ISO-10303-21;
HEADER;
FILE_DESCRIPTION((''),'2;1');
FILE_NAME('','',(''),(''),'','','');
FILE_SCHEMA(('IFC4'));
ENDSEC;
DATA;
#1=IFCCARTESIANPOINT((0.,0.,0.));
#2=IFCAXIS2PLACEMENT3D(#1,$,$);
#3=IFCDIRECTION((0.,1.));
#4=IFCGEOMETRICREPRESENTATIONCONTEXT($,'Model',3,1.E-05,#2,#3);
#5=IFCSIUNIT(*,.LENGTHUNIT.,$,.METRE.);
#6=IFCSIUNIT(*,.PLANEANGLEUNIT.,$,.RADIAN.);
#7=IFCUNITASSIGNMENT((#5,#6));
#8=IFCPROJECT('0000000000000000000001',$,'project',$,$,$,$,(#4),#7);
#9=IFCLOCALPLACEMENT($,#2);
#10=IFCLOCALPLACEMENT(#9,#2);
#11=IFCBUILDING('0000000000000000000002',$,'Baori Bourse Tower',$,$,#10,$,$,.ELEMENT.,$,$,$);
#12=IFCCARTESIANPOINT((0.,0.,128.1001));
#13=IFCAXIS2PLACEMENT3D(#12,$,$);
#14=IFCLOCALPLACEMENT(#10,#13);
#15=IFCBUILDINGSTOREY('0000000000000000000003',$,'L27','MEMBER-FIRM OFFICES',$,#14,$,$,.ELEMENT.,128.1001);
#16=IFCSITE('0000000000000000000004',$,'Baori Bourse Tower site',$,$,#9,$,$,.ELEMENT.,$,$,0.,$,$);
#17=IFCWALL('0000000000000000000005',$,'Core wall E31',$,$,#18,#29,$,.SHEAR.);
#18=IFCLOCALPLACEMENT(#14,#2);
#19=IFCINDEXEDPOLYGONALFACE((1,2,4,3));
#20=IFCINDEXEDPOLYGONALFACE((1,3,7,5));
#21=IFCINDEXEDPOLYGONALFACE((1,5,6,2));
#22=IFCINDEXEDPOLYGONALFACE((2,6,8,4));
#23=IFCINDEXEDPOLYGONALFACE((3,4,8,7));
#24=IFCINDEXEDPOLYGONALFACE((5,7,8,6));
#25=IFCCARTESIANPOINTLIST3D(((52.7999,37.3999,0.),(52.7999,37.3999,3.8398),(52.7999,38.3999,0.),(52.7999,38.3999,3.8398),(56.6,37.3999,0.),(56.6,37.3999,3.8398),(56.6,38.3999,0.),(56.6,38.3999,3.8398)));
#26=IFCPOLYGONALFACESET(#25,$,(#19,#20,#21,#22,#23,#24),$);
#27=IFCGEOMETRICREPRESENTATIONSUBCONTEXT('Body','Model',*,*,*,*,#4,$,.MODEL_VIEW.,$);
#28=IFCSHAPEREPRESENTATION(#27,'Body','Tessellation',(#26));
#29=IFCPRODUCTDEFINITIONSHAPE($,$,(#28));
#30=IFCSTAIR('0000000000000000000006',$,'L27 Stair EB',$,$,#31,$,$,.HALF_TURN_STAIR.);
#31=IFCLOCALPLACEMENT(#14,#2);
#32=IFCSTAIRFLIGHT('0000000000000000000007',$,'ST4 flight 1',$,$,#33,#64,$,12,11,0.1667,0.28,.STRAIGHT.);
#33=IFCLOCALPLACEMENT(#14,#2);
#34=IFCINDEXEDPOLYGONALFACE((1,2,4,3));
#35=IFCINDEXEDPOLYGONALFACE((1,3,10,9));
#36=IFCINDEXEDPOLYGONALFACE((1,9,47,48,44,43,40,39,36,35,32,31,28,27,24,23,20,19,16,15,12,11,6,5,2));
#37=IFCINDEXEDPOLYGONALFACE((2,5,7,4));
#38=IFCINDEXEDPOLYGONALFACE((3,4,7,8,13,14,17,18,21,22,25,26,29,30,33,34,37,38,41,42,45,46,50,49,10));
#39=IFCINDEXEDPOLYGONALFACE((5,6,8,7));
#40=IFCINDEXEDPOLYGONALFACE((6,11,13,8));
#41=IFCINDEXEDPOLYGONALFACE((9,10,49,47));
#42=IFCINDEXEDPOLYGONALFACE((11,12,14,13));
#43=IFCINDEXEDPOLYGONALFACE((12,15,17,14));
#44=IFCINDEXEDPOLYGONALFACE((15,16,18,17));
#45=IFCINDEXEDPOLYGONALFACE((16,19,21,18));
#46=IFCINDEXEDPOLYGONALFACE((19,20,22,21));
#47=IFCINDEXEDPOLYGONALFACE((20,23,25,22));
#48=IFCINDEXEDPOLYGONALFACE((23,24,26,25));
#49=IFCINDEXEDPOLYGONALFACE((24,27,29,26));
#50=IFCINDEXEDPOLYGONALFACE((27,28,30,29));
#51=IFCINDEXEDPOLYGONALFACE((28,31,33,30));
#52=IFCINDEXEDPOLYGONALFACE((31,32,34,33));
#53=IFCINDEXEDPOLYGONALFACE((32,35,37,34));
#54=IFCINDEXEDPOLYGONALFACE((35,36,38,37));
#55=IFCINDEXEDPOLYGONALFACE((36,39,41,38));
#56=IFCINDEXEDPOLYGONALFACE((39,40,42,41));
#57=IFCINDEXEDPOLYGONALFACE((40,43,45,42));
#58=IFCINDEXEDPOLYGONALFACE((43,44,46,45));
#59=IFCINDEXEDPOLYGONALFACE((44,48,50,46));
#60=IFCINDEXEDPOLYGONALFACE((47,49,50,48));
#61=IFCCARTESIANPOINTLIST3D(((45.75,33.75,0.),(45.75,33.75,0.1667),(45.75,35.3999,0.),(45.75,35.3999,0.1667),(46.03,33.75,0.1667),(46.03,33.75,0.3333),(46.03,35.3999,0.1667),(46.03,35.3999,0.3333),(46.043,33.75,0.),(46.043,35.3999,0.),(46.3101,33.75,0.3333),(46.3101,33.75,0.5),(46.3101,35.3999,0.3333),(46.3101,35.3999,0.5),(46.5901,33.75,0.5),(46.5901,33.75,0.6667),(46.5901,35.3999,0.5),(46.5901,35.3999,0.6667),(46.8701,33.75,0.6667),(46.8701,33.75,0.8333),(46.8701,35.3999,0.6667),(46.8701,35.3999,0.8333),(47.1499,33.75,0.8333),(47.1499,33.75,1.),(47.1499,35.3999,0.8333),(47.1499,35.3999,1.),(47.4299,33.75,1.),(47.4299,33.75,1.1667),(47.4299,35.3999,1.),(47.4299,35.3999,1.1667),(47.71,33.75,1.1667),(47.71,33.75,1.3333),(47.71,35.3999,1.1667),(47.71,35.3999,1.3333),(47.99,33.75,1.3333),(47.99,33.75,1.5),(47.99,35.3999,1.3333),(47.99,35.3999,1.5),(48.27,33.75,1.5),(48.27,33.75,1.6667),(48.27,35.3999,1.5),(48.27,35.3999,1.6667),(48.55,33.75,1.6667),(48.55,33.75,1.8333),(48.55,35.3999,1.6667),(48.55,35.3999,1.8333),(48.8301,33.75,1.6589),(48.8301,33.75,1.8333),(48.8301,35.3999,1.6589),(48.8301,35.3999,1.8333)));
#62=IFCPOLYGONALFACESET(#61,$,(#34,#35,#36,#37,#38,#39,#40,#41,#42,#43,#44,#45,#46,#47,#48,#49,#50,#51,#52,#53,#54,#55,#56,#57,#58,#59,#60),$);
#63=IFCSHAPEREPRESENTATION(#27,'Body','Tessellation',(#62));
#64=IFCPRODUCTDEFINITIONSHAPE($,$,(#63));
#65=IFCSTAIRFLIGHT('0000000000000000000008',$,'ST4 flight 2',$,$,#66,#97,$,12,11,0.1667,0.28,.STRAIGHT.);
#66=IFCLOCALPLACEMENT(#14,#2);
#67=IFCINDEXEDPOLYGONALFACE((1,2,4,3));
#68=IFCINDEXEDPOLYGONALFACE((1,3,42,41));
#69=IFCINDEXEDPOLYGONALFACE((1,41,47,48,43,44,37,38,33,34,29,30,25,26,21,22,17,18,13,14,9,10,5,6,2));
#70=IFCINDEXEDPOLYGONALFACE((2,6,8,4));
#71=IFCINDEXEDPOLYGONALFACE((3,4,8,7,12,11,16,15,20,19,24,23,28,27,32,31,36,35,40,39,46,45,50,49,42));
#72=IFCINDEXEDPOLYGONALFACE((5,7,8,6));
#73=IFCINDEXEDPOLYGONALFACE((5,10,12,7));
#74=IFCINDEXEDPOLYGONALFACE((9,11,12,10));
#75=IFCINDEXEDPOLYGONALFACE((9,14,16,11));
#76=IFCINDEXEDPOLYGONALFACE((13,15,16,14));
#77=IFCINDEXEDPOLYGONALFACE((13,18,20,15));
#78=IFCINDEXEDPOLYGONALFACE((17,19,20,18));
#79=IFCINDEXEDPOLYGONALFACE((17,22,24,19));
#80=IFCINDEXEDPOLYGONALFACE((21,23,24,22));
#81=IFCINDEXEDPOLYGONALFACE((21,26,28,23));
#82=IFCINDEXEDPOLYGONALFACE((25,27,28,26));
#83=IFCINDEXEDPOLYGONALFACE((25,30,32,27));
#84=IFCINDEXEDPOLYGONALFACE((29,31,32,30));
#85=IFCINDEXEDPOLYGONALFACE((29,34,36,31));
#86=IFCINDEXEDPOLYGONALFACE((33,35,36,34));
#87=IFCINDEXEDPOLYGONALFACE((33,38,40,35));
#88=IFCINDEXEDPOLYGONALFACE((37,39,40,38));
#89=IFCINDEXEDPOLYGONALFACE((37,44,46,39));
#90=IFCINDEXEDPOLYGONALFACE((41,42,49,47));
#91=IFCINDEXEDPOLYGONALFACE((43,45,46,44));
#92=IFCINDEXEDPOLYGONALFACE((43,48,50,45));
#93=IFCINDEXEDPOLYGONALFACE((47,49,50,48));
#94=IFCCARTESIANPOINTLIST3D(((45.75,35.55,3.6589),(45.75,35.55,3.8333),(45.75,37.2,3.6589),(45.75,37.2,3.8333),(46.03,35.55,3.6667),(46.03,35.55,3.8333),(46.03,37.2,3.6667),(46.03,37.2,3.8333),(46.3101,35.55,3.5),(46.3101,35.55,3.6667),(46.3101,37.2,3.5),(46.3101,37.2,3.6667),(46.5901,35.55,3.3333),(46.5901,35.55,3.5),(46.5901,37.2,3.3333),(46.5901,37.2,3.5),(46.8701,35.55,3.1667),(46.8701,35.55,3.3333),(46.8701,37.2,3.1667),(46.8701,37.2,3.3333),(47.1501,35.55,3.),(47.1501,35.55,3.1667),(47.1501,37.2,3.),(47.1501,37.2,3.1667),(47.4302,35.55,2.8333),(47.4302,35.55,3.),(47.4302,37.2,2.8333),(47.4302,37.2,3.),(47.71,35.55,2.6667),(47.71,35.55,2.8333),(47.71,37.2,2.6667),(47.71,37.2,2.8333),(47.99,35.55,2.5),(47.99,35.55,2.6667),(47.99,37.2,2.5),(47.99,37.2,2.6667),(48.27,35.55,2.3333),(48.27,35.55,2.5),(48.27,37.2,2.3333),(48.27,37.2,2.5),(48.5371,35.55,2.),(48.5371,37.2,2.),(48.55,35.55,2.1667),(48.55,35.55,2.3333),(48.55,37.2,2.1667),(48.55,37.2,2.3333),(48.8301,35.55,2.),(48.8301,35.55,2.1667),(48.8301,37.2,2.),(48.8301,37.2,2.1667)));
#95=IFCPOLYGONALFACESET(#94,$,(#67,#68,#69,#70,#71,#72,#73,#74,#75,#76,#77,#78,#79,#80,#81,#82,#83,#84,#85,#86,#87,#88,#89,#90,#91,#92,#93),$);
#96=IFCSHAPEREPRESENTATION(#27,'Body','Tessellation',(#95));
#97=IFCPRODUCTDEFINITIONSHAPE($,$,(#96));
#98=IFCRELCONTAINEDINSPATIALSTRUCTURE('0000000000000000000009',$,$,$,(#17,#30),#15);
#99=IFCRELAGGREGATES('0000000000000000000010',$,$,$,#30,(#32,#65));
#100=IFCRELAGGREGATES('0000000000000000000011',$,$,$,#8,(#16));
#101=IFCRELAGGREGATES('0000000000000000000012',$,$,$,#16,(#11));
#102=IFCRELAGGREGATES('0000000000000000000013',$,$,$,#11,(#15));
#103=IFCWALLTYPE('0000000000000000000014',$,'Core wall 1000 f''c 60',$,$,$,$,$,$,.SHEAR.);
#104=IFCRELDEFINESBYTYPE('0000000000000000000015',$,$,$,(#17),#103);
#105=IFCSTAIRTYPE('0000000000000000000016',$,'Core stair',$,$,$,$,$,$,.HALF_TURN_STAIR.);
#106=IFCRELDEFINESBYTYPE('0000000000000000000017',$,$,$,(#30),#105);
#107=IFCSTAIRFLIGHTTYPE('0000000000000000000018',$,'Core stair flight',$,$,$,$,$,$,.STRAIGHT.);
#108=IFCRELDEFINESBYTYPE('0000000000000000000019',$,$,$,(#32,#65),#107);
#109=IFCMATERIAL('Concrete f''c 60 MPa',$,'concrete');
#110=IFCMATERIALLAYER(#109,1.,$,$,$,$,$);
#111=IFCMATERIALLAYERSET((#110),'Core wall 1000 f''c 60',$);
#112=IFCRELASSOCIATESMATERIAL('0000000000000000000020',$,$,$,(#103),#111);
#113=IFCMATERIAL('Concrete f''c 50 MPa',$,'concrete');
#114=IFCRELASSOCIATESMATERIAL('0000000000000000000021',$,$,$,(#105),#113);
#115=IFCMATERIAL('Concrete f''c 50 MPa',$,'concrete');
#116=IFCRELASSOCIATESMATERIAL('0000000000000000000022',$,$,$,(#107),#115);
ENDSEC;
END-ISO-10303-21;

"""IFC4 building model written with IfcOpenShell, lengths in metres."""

from ifc_helpers import new_model, si_unit, direction, frame, frame_2d, origin, place, context, subcontext, project, spatial, polyline, rectangle, outline, extrude, material, layer, layer_set, type_object, element, aggregate, save


model = new_model("IFC4")

# Units and contexts
model_context = context("Model", 3, precision=1e-05, world=origin(), true_north=direction((0.0, 1.0)))
body_context = subcontext(model_context, "Body", "Model", "MODEL_VIEW")
ifc_project = project(units=[si_unit("LENGTHUNIT", "METRE"), si_unit("PLANEANGLEUNIT", "RADIAN")], contexts=[model_context])

# Site, building, storey
site_placement = place(None, origin())
site = spatial("IfcSite", under=ifc_project, at=site_placement, Name="Baori Bourse Tower site", CompositionType="ELEMENT", RefElevation=0.0)
building_placement = place(site_placement, origin())
building = spatial("IfcBuilding", under=site, at=building_placement, Name="Baori Bourse Tower", CompositionType="ELEMENT")
storey_placement = place(building_placement, frame((0.0, 0.0, 128.1001)))
storey = spatial("IfcBuildingStorey", under=building, at=storey_placement, Name="L27", Description="MEMBER-FIRM OFFICES", CompositionType="ELEMENT", Elevation=128.1001)

# Shared definitions
ifc_material_1 = material(Name="Concrete f'c 60 MPa", Category="concrete")
ifc_layer_1 = layer(ifc_material_1, 1.0)
ifc_layer_set_1 = layer_set([ifc_layer_1], Name="Core wall 1000 f'c 60")
wall_type_1 = type_object("IfcWallType", Name="Core wall 1000 f'c 60", PredefinedType="SHEAR", material=ifc_layer_set_1)

# Wall
wall_1_placement = place(storey_placement, frame((52.8, 37.8999, 0.0), z_axis=(0.0, 0.0, 1.0), x_axis=(1.0, 0.0, 0.0)))
element("IfcWall", 1, at=wall_1_placement, inside=storey, type_object=wall_type_1, Name="Core wall E31", PredefinedType="SHEAR", context=body_context, shape_type="SweptSolid", body=[
    extrude(rectangle(XDim=3.8, YDim=1.0, at=frame_2d((1.8999, 0.0))), origin(), (0.0, 0.0, 1.0), 3.8398),
])

# Stair, stair flights
ifc_material_2 = material(Name="Concrete f'c 50 MPa", Category="concrete")
stair_type = type_object("IfcStairType", Name="Core stair", PredefinedType="HALF_TURN_STAIR", material=ifc_material_2)
stair_placement = place(storey_placement, origin())
stair = element("IfcStair", 2, at=stair_placement, inside=storey, type_object=stair_type, Name="L27 Stair EB", PredefinedType="HALF_TURN_STAIR")
ifc_material_3 = material(Name="Concrete f'c 50 MPa", Category="concrete")
stair_flight_type = type_object("IfcStairFlightType", Name="Core stair flight", PredefinedType="STRAIGHT", material=ifc_material_3)
stair_flight_1_placement = place(storey_placement, frame((45.75, 34.575, 0.0), z_axis=(0.0, 0.0, 1.0), x_axis=(1.0, 0.0, 0.0)))
stair_flight_1 = element("IfcStairFlight", 3, at=stair_flight_1_placement, type_object=stair_flight_type, Name="ST4 flight 1", NumberOfRisers=12, NumberOfTreads=11, PredefinedType="STRAIGHT", RiserHeight=0.1667, TreadLength=0.28, context=body_context, shape_type="SweptSolid", body=[
    extrude(outline(polyline([(0.0, 0.0), (0.0, 0.1667), (0.28, 0.1667), (0.28, 0.3333), (0.5601, 0.3333), (0.5601, 0.5), (0.8401, 0.5), (0.8401, 0.6667), (1.1201, 0.6667), (1.1201, 0.8333), (1.3999, 0.8333), (1.3999, 1.0), (1.6799, 1.0), (1.6799, 1.1667), (1.96, 1.1667), (1.96, 1.3333), (2.24, 1.3333), (2.24, 1.5), (2.52, 1.5), (2.52, 1.6667), (2.8, 1.6667), (2.8, 1.8333), (3.0801, 1.8333), (3.0801, 2.0), (3.0801, 1.6589), (0.293, 0.0), (0.0, 0.0)])), frame((0.0, 0.825, 0.0), z_axis=(0.0, -1.0, 0.0), x_axis=(1.0, 0.0, 0.0)), (0.0, 0.0, 1.0), 1.6499),
])
stair_flight_2_placement = place(storey_placement, frame((48.8301, 36.375, 2.0), z_axis=(0.0, 0.0, 1.0), x_axis=(-1.0, 0.0, 0.0)))
stair_flight_2 = element("IfcStairFlight", 4, at=stair_flight_2_placement, type_object=stair_flight_type, Name="ST4 flight 2", NumberOfRisers=12, NumberOfTreads=11, PredefinedType="STRAIGHT", RiserHeight=0.1667, TreadLength=0.28, context=body_context, shape_type="SweptSolid", body=[
    extrude(outline(polyline([(0.0, 0.0), (0.0, 0.1667), (0.28, 0.1667), (0.28, 0.3333), (0.5601, 0.3333), (0.5601, 0.5), (0.8401, 0.5), (0.8401, 0.6667), (1.1201, 0.6667), (1.1201, 0.8333), (1.3999, 0.8333), (1.3999, 1.0), (1.6799, 1.0), (1.6799, 1.1667), (1.96, 1.1667), (1.96, 1.3333), (2.24, 1.3333), (2.24, 1.5), (2.52, 1.5), (2.52, 1.6667), (2.8, 1.6667), (2.8, 1.8333), (3.0801, 1.8333), (3.0801, 2.0), (3.0801, 1.6589), (0.293, 0.0), (0.0, 0.0)])), frame((0.0, 0.825, 0.0), z_axis=(0.0, -1.0, 0.0), x_axis=(1.0, 0.0, 0.0)), (0.0, 0.0, 1.0), 1.6499),
])
aggregate(stair, [stair_flight_1, stair_flight_2])

save(model, "model.ifc")
